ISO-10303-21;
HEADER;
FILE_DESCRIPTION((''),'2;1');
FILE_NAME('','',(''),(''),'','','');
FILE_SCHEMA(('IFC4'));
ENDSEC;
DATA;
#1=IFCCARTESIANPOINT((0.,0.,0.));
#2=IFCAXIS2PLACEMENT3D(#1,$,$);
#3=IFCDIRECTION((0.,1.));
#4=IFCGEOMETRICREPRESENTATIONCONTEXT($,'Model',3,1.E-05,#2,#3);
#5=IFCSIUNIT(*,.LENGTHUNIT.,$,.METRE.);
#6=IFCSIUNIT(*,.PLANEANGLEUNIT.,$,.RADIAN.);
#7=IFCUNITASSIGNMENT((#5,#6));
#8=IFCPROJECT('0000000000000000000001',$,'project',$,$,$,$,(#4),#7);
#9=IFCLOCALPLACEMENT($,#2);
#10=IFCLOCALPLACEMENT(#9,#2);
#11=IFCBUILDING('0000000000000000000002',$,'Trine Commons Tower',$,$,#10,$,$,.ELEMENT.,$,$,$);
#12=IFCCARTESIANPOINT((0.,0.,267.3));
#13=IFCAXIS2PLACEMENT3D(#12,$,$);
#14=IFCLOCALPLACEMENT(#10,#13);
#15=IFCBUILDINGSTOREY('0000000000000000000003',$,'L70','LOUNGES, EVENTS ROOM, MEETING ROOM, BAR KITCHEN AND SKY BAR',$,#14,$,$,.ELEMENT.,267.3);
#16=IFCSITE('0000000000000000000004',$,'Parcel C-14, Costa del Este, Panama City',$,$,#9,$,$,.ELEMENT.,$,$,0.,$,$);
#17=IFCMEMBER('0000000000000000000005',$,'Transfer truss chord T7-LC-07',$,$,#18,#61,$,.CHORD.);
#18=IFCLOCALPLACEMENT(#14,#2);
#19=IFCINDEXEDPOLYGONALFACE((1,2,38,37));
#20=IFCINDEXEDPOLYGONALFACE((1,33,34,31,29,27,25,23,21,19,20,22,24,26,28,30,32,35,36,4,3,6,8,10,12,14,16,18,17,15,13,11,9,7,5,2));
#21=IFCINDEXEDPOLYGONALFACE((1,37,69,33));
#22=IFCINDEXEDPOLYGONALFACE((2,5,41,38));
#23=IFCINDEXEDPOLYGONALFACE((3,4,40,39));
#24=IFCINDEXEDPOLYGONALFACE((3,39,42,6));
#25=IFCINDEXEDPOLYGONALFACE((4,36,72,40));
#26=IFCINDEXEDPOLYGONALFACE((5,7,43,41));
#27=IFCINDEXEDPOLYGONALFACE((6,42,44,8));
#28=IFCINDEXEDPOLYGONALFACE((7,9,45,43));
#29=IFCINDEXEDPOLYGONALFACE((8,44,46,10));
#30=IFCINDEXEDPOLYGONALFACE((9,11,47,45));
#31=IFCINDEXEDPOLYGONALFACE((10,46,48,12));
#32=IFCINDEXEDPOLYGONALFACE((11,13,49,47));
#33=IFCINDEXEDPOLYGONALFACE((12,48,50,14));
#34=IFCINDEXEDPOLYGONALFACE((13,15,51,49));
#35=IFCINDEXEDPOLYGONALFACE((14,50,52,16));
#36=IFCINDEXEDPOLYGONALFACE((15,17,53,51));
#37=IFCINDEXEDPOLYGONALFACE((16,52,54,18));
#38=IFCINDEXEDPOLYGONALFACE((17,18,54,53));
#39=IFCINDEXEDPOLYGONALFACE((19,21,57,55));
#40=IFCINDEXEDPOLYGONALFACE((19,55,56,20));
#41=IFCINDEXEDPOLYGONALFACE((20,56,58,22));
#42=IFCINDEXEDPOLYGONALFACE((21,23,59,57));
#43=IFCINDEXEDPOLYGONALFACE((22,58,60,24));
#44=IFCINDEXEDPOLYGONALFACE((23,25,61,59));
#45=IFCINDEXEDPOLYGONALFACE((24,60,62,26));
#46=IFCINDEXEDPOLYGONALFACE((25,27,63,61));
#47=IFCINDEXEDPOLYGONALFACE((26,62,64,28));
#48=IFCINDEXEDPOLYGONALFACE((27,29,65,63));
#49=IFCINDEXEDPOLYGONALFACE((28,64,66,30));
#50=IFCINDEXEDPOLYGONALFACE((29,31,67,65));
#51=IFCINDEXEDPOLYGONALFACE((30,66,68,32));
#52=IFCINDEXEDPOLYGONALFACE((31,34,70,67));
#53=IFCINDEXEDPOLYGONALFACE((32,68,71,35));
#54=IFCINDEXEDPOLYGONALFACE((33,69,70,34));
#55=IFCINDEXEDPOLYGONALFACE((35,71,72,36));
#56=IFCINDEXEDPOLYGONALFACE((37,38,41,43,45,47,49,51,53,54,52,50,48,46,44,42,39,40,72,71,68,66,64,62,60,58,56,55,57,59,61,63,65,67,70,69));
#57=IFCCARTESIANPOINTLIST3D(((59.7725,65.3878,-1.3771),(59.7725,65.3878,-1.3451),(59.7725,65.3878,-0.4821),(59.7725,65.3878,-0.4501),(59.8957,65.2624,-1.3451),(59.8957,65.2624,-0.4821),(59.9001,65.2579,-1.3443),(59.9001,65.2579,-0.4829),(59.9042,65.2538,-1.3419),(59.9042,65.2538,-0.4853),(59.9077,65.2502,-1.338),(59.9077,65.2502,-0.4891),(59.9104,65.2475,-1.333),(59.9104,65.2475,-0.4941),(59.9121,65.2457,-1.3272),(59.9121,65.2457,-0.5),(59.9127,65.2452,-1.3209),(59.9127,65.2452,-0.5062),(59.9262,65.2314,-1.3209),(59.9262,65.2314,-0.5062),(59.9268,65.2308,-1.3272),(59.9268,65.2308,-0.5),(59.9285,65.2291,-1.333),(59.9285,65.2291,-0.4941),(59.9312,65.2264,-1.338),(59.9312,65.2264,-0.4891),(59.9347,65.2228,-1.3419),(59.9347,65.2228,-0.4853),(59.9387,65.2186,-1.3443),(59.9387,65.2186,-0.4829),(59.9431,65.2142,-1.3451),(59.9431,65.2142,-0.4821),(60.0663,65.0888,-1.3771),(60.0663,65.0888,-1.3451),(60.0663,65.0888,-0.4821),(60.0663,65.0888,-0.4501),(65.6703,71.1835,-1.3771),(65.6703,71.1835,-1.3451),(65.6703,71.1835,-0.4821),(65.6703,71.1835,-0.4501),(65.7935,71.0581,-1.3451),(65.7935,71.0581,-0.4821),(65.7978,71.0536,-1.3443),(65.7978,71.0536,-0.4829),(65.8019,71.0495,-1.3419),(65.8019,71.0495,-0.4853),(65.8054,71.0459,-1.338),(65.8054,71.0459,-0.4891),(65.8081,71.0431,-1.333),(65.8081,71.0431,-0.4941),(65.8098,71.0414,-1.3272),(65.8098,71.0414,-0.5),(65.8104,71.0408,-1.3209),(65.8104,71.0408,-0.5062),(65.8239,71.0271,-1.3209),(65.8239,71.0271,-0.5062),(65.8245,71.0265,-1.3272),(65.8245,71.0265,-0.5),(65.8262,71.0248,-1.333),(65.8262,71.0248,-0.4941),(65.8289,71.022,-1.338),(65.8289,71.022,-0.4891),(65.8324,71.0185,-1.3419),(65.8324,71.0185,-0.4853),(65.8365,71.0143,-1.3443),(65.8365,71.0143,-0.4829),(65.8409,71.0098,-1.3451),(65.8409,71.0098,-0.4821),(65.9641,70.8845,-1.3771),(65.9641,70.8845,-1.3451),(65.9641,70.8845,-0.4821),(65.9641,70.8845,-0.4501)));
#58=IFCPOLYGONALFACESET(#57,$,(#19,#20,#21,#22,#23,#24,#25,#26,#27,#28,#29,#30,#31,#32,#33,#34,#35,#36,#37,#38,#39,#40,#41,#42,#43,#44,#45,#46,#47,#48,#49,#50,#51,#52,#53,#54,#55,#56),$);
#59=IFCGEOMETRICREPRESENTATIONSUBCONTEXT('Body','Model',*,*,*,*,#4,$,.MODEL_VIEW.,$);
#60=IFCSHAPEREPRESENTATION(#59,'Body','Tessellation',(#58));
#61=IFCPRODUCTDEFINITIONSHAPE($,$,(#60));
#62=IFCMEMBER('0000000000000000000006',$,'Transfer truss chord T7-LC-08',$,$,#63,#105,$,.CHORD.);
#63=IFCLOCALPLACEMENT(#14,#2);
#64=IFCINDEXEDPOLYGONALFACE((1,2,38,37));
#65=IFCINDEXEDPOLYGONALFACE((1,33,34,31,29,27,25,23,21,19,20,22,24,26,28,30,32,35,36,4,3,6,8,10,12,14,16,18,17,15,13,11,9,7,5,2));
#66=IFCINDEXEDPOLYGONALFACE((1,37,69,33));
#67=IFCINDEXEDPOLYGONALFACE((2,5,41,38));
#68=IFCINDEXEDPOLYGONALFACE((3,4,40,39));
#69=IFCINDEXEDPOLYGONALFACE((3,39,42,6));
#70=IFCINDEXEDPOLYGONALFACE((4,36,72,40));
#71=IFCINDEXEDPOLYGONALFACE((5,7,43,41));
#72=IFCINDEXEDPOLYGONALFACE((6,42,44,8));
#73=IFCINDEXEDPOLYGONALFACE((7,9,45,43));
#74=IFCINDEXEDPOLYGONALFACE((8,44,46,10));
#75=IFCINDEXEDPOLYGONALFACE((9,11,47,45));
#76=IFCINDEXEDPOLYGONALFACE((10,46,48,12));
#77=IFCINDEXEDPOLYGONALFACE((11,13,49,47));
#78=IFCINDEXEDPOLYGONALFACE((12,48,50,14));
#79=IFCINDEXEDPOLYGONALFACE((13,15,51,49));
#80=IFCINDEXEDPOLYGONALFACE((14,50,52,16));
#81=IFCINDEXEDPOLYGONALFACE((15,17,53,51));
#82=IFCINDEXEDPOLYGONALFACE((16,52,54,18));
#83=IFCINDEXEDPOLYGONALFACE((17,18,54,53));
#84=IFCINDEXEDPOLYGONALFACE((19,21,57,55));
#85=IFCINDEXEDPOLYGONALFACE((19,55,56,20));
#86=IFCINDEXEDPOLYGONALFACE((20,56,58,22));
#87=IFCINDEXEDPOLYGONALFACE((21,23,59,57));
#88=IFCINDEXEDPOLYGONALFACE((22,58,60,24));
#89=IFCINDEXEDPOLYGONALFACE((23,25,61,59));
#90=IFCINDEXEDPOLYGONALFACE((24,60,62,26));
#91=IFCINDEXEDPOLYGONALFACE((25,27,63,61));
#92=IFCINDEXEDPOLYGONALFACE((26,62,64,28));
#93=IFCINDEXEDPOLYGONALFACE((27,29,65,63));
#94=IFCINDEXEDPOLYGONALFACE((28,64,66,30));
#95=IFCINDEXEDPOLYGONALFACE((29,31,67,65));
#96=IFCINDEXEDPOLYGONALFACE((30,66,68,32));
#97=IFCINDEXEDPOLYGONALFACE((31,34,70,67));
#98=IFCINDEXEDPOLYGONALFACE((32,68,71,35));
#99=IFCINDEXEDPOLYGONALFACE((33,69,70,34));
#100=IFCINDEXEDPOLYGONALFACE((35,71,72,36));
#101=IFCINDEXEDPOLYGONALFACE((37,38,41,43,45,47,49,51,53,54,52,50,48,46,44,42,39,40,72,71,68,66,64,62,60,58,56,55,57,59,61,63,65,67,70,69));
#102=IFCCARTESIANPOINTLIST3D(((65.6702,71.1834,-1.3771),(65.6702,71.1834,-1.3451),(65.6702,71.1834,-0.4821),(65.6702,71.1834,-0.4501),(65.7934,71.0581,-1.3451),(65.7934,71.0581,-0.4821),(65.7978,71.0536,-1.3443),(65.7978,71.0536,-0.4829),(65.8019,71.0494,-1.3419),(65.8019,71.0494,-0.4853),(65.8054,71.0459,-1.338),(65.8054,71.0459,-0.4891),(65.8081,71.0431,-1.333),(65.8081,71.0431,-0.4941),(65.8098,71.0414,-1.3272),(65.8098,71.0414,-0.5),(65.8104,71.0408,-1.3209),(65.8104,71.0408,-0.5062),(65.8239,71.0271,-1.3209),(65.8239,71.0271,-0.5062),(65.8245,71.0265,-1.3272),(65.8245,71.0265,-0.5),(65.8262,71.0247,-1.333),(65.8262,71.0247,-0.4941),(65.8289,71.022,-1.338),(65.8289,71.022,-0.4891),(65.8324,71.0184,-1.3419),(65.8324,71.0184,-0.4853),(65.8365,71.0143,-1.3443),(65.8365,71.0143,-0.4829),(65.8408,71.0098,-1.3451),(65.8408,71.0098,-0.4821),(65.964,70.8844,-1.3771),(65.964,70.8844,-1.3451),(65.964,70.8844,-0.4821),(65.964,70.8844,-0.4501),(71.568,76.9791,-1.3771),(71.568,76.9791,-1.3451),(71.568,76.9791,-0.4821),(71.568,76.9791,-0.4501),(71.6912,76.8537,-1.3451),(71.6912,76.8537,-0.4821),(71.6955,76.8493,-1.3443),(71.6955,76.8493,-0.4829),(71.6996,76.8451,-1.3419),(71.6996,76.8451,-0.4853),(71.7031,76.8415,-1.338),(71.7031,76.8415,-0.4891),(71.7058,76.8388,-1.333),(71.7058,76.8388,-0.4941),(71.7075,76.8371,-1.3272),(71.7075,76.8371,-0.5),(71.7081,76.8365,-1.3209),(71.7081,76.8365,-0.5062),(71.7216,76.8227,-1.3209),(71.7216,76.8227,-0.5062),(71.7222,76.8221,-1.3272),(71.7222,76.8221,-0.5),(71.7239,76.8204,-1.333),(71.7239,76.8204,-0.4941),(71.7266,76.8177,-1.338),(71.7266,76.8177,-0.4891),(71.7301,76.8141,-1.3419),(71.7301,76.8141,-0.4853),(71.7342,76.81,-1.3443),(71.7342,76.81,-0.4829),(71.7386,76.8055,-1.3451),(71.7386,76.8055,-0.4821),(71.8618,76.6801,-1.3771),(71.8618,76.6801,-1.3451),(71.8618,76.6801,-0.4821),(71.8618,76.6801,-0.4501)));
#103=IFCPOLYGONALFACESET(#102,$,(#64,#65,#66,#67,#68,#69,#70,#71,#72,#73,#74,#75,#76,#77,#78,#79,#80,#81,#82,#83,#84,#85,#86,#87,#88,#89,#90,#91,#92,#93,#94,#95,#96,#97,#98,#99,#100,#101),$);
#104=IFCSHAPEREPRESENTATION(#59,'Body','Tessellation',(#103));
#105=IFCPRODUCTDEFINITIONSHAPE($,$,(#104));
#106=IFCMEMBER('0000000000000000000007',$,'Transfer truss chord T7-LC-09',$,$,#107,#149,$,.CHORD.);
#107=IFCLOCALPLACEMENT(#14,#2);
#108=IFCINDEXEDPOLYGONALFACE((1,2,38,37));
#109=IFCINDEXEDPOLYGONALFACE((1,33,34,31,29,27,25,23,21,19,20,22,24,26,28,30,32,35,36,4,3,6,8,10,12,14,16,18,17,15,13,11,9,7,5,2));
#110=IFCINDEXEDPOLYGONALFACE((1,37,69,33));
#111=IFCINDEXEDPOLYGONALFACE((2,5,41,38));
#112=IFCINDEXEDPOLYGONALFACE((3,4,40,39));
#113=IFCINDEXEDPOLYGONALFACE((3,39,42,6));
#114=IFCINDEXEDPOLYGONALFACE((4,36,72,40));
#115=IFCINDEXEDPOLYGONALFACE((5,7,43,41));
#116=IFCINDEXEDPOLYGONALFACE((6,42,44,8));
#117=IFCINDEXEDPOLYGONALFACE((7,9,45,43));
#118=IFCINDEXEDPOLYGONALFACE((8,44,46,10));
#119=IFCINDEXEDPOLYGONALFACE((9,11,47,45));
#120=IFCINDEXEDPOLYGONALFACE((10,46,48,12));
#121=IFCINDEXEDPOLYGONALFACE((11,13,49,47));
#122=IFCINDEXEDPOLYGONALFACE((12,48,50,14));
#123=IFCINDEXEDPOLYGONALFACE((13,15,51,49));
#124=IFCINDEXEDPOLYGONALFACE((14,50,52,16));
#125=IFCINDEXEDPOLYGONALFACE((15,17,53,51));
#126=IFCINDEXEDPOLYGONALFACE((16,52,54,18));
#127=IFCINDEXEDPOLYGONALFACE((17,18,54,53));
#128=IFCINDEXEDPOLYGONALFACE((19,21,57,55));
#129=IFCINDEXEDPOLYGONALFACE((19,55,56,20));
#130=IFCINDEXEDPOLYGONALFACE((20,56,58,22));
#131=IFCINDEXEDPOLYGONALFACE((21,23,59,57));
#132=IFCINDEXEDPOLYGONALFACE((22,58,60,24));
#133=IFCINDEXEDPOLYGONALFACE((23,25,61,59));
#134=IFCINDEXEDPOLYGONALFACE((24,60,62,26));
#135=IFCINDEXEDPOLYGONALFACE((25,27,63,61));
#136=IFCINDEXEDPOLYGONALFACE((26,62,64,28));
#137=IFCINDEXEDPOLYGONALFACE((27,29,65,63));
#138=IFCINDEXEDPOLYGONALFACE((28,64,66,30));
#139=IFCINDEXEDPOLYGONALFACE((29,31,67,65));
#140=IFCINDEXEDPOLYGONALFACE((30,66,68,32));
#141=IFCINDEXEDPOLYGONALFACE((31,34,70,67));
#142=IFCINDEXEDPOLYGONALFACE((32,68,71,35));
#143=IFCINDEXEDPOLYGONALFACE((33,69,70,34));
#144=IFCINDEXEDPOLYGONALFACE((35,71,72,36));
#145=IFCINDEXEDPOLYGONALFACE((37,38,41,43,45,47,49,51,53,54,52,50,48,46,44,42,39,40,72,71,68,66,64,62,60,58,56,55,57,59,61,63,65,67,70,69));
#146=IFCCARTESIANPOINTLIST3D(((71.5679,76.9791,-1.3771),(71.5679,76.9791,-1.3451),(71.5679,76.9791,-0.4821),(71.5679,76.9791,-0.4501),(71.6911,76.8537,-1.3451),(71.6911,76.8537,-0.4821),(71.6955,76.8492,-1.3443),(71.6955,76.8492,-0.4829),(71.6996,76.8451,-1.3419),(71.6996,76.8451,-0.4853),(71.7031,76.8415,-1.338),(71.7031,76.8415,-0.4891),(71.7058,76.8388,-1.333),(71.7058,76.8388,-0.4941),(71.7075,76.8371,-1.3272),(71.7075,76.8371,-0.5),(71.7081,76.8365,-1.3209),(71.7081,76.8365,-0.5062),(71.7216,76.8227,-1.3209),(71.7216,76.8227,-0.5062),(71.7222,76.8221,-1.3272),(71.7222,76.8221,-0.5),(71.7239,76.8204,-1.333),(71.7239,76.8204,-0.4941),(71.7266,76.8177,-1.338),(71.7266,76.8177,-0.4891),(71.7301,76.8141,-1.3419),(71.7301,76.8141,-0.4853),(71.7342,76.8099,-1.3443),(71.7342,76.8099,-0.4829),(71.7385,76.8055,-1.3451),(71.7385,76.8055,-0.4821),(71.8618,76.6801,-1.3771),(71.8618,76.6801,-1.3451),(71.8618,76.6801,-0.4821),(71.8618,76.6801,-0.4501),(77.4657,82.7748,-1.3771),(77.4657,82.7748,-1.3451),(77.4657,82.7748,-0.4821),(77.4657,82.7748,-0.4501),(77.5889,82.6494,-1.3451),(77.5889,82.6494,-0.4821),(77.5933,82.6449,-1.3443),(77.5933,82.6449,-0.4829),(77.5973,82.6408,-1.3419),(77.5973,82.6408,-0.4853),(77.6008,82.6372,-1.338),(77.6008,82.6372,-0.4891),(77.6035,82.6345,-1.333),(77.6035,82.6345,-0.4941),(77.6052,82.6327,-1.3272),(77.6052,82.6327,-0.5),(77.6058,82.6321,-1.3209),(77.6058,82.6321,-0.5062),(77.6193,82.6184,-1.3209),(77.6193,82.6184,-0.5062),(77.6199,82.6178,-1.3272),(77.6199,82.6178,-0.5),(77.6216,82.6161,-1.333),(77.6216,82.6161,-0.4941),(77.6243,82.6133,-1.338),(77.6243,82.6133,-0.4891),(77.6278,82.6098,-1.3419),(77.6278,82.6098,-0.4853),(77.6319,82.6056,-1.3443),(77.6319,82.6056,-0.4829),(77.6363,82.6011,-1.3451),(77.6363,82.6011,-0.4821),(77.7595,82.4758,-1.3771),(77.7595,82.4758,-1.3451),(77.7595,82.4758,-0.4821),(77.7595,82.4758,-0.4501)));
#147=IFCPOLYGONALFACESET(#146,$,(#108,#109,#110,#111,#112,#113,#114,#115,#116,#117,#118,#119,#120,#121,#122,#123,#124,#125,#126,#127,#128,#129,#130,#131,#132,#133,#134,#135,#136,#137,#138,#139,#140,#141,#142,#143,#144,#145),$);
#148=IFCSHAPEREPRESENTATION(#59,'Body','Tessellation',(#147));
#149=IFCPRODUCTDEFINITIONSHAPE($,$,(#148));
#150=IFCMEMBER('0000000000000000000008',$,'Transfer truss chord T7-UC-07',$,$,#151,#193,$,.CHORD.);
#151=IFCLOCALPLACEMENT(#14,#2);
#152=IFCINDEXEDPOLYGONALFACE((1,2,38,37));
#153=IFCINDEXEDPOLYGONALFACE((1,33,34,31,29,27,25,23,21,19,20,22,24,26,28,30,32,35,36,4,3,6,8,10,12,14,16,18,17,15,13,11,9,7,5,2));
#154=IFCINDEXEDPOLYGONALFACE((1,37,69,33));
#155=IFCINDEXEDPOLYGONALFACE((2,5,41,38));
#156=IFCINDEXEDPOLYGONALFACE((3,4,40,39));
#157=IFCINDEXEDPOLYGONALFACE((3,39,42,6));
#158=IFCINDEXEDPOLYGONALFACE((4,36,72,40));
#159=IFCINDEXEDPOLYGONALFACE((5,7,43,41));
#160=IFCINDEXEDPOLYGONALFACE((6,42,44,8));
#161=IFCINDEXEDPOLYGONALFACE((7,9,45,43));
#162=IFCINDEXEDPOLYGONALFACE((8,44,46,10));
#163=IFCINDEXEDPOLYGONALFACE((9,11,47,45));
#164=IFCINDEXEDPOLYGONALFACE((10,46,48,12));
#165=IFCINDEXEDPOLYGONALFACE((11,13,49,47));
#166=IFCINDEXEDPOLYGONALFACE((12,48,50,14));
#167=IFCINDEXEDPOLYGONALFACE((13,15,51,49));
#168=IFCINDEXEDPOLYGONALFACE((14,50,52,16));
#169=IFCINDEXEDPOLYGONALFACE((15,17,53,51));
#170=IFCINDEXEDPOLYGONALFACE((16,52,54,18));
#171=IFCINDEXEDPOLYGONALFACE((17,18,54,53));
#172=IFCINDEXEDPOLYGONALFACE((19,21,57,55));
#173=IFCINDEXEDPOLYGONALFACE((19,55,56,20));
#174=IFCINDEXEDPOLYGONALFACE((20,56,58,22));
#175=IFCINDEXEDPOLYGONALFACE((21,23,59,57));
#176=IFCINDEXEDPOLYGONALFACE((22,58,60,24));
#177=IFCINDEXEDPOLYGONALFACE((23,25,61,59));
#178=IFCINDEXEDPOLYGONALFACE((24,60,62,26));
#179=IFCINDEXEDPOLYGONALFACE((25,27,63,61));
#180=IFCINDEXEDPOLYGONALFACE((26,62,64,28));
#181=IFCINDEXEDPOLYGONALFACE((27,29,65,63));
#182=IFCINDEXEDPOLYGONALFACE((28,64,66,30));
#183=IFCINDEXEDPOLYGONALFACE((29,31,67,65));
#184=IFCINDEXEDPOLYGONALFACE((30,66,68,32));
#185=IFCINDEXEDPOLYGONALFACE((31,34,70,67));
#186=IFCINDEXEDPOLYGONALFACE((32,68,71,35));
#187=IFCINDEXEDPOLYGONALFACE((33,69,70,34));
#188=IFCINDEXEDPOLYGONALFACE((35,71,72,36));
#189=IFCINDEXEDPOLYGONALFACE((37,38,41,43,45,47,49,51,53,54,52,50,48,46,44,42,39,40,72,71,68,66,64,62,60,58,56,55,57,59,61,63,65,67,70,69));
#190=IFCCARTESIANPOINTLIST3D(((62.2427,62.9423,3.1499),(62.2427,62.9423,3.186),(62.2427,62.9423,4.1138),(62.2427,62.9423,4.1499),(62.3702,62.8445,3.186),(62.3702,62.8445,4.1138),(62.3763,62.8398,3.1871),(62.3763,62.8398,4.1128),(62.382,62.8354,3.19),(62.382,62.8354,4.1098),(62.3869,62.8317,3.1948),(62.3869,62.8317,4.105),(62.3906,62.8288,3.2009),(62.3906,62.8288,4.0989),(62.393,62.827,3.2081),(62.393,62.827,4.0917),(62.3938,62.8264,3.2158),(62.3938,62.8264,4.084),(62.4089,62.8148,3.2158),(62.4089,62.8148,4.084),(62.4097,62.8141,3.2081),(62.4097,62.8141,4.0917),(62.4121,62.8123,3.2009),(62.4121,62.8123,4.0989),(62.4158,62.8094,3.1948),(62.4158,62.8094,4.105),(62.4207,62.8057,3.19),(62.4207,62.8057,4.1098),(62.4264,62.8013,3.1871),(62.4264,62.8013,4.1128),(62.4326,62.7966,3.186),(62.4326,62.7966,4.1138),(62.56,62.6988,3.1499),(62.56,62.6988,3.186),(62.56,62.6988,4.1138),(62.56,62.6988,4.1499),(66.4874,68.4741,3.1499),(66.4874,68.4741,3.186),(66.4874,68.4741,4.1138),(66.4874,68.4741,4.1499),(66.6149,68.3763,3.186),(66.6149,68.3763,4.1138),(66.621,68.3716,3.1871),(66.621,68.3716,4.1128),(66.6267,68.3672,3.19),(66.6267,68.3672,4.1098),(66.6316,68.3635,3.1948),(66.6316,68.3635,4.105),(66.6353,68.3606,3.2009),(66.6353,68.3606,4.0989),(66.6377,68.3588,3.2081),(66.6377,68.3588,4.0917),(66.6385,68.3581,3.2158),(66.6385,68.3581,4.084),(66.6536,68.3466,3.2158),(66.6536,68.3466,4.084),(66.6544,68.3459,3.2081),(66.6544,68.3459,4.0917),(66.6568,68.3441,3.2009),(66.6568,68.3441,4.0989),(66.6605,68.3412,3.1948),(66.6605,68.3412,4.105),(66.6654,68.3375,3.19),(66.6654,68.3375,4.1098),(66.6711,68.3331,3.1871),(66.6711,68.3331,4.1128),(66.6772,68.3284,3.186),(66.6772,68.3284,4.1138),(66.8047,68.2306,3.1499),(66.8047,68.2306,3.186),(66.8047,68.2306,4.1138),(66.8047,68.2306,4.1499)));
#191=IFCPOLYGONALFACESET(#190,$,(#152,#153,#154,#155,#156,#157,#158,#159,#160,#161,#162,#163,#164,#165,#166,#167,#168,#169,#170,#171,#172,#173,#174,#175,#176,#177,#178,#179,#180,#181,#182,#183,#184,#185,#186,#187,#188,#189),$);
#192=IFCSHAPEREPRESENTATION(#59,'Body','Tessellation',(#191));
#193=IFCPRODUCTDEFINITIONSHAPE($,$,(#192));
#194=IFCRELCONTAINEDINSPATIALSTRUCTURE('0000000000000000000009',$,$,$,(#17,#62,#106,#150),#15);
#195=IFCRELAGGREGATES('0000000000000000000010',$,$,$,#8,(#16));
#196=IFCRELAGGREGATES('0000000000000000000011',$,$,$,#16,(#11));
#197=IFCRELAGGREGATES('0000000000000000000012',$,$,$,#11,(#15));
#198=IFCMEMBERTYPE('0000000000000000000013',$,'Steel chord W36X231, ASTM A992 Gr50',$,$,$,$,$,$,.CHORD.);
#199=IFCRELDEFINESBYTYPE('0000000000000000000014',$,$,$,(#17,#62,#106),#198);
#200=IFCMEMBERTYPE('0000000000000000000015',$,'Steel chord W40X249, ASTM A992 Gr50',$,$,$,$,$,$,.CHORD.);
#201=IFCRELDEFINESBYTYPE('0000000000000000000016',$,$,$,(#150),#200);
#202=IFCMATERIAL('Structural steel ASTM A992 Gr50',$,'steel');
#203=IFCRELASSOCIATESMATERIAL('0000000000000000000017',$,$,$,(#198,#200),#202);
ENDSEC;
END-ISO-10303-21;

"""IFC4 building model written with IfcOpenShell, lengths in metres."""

from ifc_helpers import new_model, si_unit, direction, frame, origin, origin_2d, place, context, subcontext, project, spatial, i_section, extrude, material, material_profile, profile_set, type_object, element, save


model = new_model("IFC4")

# Units and contexts
model_context = context("Model", 3, precision=1e-05, world=origin(), true_north=direction((0.0, 1.0)))
body_context = subcontext(model_context, "Body", "Model", "MODEL_VIEW")
ifc_project = project(units=[si_unit("LENGTHUNIT", "METRE"), si_unit("PLANEANGLEUNIT", "RADIAN")], contexts=[model_context])

# Site, building, storey
site_placement = place(None, origin())
site = spatial("IfcSite", under=ifc_project, at=site_placement, Name="Parcel C-14, Costa del Este, Panama City", CompositionType="ELEMENT", RefElevation=0.0)
building_placement = place(site_placement, origin())
building = spatial("IfcBuilding", under=site, at=building_placement, Name="Trine Commons Tower", CompositionType="ELEMENT")
storey_placement = place(building_placement, frame((0.0, 0.0, 267.3)))
storey = spatial("IfcBuildingStorey", under=building, at=storey_placement, Name="L70", Description="LOUNGES, EVENTS ROOM, MEETING ROOM, BAR KITCHEN AND SKY BAR", CompositionType="ELEMENT", Elevation=267.3)

# Members
ifc_material_1 = material(Name="Structural steel ASTM A992 Gr50", Category="steel")
ifc_material_profile_1 = material_profile(ifc_material_1, i_section(OverallWidth=0.4192, OverallDepth=0.927, WebThickness=0.0193, FlangeThickness=0.032, FilletRadius=0.0242, at=origin_2d()), Name="W36X231")
ifc_profile_set_1 = profile_set([ifc_material_profile_1], Name="Structural steel ASTM A992 Gr50")
member_type_1 = type_object("IfcMemberType", Name="Steel chord W36X231, ASTM A992 Gr50", PredefinedType="CHORD", material=ifc_profile_set_1)
for number, where, z_axis, x_axis, name in (
    (1, (59.9194, 65.2383, -0.9136), (0.713251, 0.700909, 0.0), (-0.700909, 0.713251, 0.0), "Transfer truss chord T7-LC-07"),
    (2, (65.8171, 71.0339, -0.9136), (0.713251, 0.700909, 0.0), (-0.700909, 0.713251, 0.0), "Transfer truss chord T7-LC-08"),
    (3, (71.7148, 76.8296, -0.9136), (0.713251, 0.700909, 0.0), (-0.700909, 0.713251, 0.0), "Transfer truss chord T7-LC-09"),
):
    element("IfcMember", number, at=place(storey_placement, frame(where, z_axis=z_axis, x_axis=x_axis)), inside=storey, type_object=member_type_1, Name=name, PredefinedType="CHORD", context=body_context, shape_type="SweptSolid", body=[
        extrude(i_section(OverallWidth=0.4192, OverallDepth=0.927, WebThickness=0.0193, FlangeThickness=0.032, FilletRadius=0.0242, at=origin_2d()), origin(), (0.0, 0.0, 1.0), 8.2688),
    ])
ifc_material_profile_2 = material_profile(ifc_material_1, i_section(OverallWidth=0.3999, OverallDepth=1.0, WebThickness=0.019, FlangeThickness=0.0361, FilletRadius=0.0298, at=origin_2d()), Name="W40X249")
ifc_profile_set_2 = profile_set([ifc_material_profile_2], Name="Structural steel ASTM A992 Gr50")
member_type_2 = type_object("IfcMemberType", Name="Steel chord W40X249, ASTM A992 Gr50", PredefinedType="CHORD", material=ifc_profile_set_2)
member_1_placement = place(storey_placement, frame((62.4014, 62.8206, 3.6499), z_axis=(0.608759, 0.793355, 0.0), x_axis=(-0.793355, 0.608759, 0.0)))
element("IfcMember", 4, at=member_1_placement, inside=storey, type_object=member_type_2, Name="Transfer truss chord T7-UC-07", PredefinedType="CHORD", context=body_context, shape_type="SweptSolid", body=[
    extrude(i_section(OverallWidth=0.3999, OverallDepth=1.0, WebThickness=0.019, FlangeThickness=0.0361, FilletRadius=0.0298, at=origin_2d()), origin(), (0.0, 0.0, 1.0), 6.9727),
])

save(model, "model.ifc")
